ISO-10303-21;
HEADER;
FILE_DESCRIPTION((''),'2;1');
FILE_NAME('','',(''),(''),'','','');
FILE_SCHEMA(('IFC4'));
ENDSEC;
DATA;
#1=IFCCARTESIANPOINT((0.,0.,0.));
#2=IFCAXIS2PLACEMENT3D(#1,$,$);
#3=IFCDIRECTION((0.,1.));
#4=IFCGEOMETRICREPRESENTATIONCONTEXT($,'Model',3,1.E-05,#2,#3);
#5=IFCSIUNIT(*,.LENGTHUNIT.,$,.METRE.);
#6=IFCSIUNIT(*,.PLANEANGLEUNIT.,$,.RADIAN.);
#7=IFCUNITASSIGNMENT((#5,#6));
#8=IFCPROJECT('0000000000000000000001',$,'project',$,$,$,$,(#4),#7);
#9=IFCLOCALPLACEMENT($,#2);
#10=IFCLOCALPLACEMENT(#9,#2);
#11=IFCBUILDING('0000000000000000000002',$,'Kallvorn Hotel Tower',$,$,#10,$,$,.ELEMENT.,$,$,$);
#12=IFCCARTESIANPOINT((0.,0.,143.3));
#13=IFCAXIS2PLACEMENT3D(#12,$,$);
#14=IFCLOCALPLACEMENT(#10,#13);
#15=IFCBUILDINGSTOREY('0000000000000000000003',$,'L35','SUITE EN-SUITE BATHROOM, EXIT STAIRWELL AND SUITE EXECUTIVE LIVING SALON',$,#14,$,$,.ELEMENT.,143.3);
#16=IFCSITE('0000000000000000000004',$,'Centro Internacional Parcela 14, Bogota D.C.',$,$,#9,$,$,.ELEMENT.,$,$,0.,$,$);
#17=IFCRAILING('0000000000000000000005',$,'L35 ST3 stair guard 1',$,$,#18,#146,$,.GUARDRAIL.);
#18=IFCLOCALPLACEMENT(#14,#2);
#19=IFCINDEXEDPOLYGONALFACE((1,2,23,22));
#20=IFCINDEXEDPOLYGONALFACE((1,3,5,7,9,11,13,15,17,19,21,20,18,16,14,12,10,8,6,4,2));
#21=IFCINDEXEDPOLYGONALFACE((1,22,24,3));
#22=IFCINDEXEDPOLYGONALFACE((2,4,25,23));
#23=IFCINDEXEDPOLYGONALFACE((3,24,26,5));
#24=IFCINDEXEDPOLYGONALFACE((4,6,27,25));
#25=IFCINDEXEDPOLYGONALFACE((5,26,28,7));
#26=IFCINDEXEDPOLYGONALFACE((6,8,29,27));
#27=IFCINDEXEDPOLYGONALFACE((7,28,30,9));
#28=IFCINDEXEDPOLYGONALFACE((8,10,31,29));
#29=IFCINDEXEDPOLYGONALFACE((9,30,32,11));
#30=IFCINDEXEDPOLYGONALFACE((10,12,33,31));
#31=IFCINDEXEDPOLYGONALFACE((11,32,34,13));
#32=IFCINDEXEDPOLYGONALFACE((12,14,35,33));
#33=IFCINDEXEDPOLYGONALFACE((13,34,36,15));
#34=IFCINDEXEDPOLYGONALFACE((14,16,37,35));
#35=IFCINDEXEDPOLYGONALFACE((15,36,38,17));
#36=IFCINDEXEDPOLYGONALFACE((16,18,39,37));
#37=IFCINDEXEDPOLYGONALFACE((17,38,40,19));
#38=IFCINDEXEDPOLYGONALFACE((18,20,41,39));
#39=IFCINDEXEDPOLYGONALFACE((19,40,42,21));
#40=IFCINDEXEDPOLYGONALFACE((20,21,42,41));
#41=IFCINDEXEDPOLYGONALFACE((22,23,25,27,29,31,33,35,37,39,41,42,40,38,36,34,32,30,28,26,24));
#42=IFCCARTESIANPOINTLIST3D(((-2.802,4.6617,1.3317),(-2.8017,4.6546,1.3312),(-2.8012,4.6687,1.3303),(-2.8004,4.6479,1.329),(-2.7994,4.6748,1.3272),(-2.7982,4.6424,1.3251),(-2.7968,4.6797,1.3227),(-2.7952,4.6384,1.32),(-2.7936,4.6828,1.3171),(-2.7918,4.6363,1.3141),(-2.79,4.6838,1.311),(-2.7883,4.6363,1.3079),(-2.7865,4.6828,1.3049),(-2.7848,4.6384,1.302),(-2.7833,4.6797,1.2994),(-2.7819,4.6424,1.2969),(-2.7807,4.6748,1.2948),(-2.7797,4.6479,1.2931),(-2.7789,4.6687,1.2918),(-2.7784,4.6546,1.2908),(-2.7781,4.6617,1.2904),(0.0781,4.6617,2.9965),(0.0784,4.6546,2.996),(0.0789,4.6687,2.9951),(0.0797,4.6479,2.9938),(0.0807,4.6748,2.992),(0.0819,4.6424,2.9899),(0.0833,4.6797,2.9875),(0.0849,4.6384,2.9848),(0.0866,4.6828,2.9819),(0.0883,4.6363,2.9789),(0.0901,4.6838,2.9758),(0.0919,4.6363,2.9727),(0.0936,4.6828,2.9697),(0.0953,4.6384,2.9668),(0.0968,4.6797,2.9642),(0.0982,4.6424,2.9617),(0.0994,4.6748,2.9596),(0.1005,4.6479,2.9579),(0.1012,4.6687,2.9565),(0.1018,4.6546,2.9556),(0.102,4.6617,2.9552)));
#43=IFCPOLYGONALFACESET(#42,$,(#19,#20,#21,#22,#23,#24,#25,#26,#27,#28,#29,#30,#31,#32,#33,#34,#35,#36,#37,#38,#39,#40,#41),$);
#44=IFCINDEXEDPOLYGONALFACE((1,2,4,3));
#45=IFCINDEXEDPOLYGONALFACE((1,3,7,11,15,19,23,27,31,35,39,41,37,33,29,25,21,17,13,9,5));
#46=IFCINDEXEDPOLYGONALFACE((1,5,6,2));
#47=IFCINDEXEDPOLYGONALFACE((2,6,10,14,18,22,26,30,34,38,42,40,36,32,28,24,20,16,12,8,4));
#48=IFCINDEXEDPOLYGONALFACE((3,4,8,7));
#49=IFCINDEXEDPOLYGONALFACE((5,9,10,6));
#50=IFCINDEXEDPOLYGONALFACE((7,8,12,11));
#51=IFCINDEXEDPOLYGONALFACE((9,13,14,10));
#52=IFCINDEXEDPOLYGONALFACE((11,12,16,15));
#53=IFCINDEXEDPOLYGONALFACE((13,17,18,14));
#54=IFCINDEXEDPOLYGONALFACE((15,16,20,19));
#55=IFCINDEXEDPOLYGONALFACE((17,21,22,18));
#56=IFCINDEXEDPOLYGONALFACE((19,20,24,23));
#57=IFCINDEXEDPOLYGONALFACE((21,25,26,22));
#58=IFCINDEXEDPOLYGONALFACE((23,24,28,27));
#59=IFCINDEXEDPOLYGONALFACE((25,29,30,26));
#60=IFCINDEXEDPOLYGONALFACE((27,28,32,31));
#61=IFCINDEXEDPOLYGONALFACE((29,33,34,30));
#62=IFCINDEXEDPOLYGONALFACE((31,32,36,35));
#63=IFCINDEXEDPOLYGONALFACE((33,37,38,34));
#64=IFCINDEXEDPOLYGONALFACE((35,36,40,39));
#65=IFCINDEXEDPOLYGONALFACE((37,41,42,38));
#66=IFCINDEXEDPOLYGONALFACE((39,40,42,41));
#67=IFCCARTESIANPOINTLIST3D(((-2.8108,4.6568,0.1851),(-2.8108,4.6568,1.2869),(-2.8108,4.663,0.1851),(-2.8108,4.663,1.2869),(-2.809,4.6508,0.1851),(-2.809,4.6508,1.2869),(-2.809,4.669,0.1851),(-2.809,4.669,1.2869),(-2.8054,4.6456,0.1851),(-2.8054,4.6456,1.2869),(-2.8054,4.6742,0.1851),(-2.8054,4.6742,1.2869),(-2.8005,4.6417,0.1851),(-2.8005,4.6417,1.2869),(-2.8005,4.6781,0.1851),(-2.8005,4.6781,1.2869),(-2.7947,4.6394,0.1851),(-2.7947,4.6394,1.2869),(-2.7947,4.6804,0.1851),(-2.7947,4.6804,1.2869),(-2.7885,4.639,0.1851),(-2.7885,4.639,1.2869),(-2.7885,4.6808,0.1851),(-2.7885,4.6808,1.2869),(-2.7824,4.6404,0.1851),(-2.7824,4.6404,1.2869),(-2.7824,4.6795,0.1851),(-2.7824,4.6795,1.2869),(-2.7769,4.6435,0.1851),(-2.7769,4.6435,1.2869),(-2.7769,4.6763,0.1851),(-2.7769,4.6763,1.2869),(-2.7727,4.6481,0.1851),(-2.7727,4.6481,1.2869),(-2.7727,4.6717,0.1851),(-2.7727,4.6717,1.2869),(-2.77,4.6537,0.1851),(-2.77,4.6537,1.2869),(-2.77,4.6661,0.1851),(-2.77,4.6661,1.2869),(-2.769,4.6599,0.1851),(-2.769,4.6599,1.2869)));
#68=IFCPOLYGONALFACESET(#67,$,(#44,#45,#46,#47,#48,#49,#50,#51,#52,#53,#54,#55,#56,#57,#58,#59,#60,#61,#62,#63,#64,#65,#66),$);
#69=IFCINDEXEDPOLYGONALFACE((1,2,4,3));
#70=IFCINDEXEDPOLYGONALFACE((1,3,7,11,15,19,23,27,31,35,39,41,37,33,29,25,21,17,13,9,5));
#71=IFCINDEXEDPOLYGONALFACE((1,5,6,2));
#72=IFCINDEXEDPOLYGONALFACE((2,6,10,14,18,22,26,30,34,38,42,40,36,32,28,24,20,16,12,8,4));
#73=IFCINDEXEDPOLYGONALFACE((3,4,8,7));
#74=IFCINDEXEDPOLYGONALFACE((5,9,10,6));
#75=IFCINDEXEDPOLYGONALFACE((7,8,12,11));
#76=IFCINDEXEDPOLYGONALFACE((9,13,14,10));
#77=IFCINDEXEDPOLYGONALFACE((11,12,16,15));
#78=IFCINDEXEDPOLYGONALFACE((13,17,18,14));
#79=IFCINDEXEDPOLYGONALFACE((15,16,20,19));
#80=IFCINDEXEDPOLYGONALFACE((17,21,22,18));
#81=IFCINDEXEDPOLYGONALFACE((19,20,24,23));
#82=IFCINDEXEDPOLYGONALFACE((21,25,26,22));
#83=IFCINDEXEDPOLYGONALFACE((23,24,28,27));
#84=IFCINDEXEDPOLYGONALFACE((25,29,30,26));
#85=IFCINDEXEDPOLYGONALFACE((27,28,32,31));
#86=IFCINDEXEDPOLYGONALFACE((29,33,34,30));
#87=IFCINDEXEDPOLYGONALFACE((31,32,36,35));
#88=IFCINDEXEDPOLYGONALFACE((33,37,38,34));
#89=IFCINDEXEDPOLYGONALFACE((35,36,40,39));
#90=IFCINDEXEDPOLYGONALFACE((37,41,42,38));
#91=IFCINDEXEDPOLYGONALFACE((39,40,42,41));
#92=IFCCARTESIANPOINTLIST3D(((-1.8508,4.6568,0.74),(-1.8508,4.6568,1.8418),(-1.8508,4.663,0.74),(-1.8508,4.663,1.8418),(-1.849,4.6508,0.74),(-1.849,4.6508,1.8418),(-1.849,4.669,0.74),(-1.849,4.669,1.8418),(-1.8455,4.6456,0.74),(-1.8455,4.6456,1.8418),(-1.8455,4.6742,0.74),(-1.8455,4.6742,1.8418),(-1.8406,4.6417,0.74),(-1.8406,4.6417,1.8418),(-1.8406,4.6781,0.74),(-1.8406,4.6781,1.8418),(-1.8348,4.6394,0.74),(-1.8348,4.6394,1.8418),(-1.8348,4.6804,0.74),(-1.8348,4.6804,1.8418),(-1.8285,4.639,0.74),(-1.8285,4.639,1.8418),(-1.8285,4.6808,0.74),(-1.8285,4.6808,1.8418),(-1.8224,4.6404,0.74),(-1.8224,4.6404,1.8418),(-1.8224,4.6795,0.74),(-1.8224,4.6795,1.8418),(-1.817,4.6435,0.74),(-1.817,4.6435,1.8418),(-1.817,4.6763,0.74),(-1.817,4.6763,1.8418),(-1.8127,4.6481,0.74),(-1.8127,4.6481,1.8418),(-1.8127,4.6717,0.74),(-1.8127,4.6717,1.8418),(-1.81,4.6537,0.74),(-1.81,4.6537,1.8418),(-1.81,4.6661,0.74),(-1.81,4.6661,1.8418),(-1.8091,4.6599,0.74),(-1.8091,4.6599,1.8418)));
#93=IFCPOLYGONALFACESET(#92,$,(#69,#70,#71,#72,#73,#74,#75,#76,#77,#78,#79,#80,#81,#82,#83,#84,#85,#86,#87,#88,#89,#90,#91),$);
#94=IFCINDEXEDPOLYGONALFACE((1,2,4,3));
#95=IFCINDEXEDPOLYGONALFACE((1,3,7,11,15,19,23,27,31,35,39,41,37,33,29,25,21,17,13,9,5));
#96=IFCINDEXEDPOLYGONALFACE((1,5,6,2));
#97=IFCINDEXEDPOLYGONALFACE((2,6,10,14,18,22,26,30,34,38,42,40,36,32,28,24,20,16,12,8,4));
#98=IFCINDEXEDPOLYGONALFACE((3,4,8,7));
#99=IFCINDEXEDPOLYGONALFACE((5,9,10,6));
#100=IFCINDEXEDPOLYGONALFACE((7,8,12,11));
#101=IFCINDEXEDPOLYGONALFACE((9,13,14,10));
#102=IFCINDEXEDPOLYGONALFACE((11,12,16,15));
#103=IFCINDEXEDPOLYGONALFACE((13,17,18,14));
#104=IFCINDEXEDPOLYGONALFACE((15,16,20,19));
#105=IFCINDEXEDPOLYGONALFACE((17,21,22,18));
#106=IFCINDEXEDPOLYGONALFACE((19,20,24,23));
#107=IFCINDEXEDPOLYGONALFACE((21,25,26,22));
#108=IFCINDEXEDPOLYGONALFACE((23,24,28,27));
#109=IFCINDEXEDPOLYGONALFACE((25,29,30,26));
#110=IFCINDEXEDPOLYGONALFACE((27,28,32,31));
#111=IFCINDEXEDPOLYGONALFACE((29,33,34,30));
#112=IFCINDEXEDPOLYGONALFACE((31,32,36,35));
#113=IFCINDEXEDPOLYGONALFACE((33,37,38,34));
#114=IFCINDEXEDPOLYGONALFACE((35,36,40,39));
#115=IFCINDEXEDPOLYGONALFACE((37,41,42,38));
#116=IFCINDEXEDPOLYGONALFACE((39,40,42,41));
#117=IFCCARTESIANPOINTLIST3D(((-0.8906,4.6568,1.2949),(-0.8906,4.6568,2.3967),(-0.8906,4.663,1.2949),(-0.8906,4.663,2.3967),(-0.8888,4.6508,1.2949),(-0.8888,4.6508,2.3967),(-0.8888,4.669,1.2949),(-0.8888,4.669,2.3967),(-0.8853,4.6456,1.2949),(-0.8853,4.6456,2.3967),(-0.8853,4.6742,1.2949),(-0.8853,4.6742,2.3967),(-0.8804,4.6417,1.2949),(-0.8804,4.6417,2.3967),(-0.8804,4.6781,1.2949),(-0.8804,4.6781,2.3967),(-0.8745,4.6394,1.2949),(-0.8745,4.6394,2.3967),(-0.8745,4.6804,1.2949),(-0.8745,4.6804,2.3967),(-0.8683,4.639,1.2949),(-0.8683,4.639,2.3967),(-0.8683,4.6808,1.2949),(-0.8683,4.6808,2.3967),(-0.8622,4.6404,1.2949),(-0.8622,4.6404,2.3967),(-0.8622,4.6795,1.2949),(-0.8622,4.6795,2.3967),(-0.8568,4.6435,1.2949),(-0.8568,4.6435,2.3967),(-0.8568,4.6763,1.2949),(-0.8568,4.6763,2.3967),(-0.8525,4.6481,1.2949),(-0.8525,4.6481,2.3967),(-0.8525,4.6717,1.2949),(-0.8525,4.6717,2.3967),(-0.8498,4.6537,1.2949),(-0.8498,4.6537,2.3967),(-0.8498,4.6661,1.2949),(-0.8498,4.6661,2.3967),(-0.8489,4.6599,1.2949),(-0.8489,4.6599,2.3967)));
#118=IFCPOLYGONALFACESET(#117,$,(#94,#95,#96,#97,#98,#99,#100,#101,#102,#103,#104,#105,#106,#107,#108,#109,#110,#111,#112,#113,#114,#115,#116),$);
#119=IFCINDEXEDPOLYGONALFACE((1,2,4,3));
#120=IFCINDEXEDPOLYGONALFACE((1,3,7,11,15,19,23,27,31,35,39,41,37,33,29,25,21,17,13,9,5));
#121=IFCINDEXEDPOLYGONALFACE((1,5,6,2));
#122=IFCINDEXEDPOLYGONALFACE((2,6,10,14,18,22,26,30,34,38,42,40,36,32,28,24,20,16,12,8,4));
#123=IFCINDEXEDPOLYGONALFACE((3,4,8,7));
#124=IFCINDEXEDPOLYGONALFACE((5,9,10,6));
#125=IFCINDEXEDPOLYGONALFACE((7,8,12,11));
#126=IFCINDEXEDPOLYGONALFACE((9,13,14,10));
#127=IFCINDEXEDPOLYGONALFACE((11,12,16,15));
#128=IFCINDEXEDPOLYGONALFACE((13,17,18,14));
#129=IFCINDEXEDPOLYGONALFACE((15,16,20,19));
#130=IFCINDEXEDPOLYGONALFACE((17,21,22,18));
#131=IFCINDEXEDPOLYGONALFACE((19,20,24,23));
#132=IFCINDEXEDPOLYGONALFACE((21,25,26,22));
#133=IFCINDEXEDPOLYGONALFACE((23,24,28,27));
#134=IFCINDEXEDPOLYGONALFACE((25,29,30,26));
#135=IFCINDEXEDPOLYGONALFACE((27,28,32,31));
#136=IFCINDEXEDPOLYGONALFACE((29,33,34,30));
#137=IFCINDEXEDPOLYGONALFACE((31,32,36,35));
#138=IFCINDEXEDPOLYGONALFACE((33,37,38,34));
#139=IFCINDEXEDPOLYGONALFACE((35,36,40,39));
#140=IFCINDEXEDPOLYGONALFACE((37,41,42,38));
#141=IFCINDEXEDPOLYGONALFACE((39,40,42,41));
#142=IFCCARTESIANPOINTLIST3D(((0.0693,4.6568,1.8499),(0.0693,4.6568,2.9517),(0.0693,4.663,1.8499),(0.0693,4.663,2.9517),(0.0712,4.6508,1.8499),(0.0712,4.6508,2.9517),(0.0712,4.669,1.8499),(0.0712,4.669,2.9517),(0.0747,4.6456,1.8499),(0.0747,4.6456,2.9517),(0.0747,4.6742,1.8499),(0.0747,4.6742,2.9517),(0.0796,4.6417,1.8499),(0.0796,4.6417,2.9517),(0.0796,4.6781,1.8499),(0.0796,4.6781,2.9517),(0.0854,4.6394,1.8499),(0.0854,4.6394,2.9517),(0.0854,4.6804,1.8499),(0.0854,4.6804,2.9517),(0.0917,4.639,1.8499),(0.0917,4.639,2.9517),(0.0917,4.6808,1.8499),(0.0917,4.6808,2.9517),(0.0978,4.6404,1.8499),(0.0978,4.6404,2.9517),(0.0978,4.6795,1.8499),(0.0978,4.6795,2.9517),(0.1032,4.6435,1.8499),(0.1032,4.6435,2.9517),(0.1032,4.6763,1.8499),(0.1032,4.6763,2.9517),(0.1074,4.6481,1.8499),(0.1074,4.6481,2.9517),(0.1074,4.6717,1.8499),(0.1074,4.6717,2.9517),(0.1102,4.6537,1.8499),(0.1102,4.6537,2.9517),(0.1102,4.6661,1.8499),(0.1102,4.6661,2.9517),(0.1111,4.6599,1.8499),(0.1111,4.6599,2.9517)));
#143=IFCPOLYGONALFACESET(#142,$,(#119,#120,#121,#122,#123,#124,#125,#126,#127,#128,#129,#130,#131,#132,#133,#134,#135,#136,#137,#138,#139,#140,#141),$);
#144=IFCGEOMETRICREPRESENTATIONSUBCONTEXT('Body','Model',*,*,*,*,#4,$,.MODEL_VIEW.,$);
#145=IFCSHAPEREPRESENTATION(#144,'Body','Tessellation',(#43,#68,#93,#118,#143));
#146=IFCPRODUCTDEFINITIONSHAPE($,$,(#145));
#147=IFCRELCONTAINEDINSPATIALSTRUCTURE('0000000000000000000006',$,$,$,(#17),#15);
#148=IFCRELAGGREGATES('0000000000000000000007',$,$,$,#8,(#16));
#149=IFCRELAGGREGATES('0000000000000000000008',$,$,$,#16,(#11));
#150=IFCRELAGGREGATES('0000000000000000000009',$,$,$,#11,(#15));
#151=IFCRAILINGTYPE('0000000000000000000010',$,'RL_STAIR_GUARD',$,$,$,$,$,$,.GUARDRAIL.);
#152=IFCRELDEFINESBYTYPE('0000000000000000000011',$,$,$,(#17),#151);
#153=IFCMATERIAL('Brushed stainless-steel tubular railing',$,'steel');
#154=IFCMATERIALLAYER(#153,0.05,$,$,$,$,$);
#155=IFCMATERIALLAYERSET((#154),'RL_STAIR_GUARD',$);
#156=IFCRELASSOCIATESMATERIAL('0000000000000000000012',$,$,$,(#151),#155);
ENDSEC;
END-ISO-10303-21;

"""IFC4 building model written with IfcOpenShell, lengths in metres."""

from ifc_helpers import new_model, si_unit, direction, frame, origin, origin_2d, place, context, subcontext, project, spatial, circle, extrude, material, layer, layer_set, type_object, element, save


model = new_model("IFC4")

# Units and contexts
model_context = context("Model", 3, precision=1e-05, world=origin(), true_north=direction((0.0, 1.0)))
body_context = subcontext(model_context, "Body", "Model", "MODEL_VIEW")
ifc_project = project(units=[si_unit("LENGTHUNIT", "METRE"), si_unit("PLANEANGLEUNIT", "RADIAN")], contexts=[model_context])

# Site, building, storey
site_placement = place(None, origin())
site = spatial("IfcSite", under=ifc_project, at=site_placement, Name="Centro Internacional Parcela 14, Bogota D.C.", CompositionType="ELEMENT", RefElevation=0.0)
building_placement = place(site_placement, origin())
building = spatial("IfcBuilding", under=site, at=building_placement, Name="Kallvorn Hotel Tower", CompositionType="ELEMENT")
storey_placement = place(building_placement, frame((0.0, 0.0, 143.3)))
storey = spatial("IfcBuildingStorey", under=building, at=storey_placement, Name="L35", Description="SUITE EN-SUITE BATHROOM, EXIT STAIRWELL AND SUITE EXECUTIVE LIVING SALON", CompositionType="ELEMENT", Elevation=143.3)

# Railing
ifc_material_1 = material(Name="Brushed stainless-steel tubular railing", Category="steel")
ifc_layer_1 = layer(ifc_material_1, 0.05)
ifc_layer_set_1 = layer_set([ifc_layer_1], Name="RL_STAIR_GUARD")
railing_type_1 = type_object("IfcRailingType", Name="RL_STAIR_GUARD", PredefinedType="GUARDRAIL", material=ifc_layer_set_1)
railing_1_placement = place(storey_placement, frame((-2.79, 4.6599, 0.1851)))
element("IfcRailing", 1, at=railing_1_placement, inside=storey, type_object=railing_type_1, Name="L35 ST3 stair guard 1", PredefinedType="GUARDRAIL", context=body_context, shape_type="SweptSolid", body=[
    extrude(circle(Radius=0.0239, at=origin_2d()), frame((0.0, 0.0, 1.126), z_axis=(0.865771, 0.0, 0.50044), x_axis=(0.0, 1.0, 0.0)), (0.0, 0.0, 1.0), 3.3267),
    extrude(circle(Radius=0.021, at=origin_2d()), origin(), (0.0, 0.0, 1.0), 1.1018),
    extrude(circle(Radius=0.021, at=origin_2d()), frame((0.96, 0.0, 0.5549)), (0.0, 0.0, 1.0), 1.1018),
    extrude(circle(Radius=0.021, at=origin_2d()), frame((1.9202, 0.0, 1.1099)), (0.0, 0.0, 1.0), 1.1018),
    extrude(circle(Radius=0.021, at=origin_2d()), frame((2.8801, 0.0, 1.6648)), (0.0, 0.0, 1.0), 1.1018),
])

save(model, "model.ifc")
